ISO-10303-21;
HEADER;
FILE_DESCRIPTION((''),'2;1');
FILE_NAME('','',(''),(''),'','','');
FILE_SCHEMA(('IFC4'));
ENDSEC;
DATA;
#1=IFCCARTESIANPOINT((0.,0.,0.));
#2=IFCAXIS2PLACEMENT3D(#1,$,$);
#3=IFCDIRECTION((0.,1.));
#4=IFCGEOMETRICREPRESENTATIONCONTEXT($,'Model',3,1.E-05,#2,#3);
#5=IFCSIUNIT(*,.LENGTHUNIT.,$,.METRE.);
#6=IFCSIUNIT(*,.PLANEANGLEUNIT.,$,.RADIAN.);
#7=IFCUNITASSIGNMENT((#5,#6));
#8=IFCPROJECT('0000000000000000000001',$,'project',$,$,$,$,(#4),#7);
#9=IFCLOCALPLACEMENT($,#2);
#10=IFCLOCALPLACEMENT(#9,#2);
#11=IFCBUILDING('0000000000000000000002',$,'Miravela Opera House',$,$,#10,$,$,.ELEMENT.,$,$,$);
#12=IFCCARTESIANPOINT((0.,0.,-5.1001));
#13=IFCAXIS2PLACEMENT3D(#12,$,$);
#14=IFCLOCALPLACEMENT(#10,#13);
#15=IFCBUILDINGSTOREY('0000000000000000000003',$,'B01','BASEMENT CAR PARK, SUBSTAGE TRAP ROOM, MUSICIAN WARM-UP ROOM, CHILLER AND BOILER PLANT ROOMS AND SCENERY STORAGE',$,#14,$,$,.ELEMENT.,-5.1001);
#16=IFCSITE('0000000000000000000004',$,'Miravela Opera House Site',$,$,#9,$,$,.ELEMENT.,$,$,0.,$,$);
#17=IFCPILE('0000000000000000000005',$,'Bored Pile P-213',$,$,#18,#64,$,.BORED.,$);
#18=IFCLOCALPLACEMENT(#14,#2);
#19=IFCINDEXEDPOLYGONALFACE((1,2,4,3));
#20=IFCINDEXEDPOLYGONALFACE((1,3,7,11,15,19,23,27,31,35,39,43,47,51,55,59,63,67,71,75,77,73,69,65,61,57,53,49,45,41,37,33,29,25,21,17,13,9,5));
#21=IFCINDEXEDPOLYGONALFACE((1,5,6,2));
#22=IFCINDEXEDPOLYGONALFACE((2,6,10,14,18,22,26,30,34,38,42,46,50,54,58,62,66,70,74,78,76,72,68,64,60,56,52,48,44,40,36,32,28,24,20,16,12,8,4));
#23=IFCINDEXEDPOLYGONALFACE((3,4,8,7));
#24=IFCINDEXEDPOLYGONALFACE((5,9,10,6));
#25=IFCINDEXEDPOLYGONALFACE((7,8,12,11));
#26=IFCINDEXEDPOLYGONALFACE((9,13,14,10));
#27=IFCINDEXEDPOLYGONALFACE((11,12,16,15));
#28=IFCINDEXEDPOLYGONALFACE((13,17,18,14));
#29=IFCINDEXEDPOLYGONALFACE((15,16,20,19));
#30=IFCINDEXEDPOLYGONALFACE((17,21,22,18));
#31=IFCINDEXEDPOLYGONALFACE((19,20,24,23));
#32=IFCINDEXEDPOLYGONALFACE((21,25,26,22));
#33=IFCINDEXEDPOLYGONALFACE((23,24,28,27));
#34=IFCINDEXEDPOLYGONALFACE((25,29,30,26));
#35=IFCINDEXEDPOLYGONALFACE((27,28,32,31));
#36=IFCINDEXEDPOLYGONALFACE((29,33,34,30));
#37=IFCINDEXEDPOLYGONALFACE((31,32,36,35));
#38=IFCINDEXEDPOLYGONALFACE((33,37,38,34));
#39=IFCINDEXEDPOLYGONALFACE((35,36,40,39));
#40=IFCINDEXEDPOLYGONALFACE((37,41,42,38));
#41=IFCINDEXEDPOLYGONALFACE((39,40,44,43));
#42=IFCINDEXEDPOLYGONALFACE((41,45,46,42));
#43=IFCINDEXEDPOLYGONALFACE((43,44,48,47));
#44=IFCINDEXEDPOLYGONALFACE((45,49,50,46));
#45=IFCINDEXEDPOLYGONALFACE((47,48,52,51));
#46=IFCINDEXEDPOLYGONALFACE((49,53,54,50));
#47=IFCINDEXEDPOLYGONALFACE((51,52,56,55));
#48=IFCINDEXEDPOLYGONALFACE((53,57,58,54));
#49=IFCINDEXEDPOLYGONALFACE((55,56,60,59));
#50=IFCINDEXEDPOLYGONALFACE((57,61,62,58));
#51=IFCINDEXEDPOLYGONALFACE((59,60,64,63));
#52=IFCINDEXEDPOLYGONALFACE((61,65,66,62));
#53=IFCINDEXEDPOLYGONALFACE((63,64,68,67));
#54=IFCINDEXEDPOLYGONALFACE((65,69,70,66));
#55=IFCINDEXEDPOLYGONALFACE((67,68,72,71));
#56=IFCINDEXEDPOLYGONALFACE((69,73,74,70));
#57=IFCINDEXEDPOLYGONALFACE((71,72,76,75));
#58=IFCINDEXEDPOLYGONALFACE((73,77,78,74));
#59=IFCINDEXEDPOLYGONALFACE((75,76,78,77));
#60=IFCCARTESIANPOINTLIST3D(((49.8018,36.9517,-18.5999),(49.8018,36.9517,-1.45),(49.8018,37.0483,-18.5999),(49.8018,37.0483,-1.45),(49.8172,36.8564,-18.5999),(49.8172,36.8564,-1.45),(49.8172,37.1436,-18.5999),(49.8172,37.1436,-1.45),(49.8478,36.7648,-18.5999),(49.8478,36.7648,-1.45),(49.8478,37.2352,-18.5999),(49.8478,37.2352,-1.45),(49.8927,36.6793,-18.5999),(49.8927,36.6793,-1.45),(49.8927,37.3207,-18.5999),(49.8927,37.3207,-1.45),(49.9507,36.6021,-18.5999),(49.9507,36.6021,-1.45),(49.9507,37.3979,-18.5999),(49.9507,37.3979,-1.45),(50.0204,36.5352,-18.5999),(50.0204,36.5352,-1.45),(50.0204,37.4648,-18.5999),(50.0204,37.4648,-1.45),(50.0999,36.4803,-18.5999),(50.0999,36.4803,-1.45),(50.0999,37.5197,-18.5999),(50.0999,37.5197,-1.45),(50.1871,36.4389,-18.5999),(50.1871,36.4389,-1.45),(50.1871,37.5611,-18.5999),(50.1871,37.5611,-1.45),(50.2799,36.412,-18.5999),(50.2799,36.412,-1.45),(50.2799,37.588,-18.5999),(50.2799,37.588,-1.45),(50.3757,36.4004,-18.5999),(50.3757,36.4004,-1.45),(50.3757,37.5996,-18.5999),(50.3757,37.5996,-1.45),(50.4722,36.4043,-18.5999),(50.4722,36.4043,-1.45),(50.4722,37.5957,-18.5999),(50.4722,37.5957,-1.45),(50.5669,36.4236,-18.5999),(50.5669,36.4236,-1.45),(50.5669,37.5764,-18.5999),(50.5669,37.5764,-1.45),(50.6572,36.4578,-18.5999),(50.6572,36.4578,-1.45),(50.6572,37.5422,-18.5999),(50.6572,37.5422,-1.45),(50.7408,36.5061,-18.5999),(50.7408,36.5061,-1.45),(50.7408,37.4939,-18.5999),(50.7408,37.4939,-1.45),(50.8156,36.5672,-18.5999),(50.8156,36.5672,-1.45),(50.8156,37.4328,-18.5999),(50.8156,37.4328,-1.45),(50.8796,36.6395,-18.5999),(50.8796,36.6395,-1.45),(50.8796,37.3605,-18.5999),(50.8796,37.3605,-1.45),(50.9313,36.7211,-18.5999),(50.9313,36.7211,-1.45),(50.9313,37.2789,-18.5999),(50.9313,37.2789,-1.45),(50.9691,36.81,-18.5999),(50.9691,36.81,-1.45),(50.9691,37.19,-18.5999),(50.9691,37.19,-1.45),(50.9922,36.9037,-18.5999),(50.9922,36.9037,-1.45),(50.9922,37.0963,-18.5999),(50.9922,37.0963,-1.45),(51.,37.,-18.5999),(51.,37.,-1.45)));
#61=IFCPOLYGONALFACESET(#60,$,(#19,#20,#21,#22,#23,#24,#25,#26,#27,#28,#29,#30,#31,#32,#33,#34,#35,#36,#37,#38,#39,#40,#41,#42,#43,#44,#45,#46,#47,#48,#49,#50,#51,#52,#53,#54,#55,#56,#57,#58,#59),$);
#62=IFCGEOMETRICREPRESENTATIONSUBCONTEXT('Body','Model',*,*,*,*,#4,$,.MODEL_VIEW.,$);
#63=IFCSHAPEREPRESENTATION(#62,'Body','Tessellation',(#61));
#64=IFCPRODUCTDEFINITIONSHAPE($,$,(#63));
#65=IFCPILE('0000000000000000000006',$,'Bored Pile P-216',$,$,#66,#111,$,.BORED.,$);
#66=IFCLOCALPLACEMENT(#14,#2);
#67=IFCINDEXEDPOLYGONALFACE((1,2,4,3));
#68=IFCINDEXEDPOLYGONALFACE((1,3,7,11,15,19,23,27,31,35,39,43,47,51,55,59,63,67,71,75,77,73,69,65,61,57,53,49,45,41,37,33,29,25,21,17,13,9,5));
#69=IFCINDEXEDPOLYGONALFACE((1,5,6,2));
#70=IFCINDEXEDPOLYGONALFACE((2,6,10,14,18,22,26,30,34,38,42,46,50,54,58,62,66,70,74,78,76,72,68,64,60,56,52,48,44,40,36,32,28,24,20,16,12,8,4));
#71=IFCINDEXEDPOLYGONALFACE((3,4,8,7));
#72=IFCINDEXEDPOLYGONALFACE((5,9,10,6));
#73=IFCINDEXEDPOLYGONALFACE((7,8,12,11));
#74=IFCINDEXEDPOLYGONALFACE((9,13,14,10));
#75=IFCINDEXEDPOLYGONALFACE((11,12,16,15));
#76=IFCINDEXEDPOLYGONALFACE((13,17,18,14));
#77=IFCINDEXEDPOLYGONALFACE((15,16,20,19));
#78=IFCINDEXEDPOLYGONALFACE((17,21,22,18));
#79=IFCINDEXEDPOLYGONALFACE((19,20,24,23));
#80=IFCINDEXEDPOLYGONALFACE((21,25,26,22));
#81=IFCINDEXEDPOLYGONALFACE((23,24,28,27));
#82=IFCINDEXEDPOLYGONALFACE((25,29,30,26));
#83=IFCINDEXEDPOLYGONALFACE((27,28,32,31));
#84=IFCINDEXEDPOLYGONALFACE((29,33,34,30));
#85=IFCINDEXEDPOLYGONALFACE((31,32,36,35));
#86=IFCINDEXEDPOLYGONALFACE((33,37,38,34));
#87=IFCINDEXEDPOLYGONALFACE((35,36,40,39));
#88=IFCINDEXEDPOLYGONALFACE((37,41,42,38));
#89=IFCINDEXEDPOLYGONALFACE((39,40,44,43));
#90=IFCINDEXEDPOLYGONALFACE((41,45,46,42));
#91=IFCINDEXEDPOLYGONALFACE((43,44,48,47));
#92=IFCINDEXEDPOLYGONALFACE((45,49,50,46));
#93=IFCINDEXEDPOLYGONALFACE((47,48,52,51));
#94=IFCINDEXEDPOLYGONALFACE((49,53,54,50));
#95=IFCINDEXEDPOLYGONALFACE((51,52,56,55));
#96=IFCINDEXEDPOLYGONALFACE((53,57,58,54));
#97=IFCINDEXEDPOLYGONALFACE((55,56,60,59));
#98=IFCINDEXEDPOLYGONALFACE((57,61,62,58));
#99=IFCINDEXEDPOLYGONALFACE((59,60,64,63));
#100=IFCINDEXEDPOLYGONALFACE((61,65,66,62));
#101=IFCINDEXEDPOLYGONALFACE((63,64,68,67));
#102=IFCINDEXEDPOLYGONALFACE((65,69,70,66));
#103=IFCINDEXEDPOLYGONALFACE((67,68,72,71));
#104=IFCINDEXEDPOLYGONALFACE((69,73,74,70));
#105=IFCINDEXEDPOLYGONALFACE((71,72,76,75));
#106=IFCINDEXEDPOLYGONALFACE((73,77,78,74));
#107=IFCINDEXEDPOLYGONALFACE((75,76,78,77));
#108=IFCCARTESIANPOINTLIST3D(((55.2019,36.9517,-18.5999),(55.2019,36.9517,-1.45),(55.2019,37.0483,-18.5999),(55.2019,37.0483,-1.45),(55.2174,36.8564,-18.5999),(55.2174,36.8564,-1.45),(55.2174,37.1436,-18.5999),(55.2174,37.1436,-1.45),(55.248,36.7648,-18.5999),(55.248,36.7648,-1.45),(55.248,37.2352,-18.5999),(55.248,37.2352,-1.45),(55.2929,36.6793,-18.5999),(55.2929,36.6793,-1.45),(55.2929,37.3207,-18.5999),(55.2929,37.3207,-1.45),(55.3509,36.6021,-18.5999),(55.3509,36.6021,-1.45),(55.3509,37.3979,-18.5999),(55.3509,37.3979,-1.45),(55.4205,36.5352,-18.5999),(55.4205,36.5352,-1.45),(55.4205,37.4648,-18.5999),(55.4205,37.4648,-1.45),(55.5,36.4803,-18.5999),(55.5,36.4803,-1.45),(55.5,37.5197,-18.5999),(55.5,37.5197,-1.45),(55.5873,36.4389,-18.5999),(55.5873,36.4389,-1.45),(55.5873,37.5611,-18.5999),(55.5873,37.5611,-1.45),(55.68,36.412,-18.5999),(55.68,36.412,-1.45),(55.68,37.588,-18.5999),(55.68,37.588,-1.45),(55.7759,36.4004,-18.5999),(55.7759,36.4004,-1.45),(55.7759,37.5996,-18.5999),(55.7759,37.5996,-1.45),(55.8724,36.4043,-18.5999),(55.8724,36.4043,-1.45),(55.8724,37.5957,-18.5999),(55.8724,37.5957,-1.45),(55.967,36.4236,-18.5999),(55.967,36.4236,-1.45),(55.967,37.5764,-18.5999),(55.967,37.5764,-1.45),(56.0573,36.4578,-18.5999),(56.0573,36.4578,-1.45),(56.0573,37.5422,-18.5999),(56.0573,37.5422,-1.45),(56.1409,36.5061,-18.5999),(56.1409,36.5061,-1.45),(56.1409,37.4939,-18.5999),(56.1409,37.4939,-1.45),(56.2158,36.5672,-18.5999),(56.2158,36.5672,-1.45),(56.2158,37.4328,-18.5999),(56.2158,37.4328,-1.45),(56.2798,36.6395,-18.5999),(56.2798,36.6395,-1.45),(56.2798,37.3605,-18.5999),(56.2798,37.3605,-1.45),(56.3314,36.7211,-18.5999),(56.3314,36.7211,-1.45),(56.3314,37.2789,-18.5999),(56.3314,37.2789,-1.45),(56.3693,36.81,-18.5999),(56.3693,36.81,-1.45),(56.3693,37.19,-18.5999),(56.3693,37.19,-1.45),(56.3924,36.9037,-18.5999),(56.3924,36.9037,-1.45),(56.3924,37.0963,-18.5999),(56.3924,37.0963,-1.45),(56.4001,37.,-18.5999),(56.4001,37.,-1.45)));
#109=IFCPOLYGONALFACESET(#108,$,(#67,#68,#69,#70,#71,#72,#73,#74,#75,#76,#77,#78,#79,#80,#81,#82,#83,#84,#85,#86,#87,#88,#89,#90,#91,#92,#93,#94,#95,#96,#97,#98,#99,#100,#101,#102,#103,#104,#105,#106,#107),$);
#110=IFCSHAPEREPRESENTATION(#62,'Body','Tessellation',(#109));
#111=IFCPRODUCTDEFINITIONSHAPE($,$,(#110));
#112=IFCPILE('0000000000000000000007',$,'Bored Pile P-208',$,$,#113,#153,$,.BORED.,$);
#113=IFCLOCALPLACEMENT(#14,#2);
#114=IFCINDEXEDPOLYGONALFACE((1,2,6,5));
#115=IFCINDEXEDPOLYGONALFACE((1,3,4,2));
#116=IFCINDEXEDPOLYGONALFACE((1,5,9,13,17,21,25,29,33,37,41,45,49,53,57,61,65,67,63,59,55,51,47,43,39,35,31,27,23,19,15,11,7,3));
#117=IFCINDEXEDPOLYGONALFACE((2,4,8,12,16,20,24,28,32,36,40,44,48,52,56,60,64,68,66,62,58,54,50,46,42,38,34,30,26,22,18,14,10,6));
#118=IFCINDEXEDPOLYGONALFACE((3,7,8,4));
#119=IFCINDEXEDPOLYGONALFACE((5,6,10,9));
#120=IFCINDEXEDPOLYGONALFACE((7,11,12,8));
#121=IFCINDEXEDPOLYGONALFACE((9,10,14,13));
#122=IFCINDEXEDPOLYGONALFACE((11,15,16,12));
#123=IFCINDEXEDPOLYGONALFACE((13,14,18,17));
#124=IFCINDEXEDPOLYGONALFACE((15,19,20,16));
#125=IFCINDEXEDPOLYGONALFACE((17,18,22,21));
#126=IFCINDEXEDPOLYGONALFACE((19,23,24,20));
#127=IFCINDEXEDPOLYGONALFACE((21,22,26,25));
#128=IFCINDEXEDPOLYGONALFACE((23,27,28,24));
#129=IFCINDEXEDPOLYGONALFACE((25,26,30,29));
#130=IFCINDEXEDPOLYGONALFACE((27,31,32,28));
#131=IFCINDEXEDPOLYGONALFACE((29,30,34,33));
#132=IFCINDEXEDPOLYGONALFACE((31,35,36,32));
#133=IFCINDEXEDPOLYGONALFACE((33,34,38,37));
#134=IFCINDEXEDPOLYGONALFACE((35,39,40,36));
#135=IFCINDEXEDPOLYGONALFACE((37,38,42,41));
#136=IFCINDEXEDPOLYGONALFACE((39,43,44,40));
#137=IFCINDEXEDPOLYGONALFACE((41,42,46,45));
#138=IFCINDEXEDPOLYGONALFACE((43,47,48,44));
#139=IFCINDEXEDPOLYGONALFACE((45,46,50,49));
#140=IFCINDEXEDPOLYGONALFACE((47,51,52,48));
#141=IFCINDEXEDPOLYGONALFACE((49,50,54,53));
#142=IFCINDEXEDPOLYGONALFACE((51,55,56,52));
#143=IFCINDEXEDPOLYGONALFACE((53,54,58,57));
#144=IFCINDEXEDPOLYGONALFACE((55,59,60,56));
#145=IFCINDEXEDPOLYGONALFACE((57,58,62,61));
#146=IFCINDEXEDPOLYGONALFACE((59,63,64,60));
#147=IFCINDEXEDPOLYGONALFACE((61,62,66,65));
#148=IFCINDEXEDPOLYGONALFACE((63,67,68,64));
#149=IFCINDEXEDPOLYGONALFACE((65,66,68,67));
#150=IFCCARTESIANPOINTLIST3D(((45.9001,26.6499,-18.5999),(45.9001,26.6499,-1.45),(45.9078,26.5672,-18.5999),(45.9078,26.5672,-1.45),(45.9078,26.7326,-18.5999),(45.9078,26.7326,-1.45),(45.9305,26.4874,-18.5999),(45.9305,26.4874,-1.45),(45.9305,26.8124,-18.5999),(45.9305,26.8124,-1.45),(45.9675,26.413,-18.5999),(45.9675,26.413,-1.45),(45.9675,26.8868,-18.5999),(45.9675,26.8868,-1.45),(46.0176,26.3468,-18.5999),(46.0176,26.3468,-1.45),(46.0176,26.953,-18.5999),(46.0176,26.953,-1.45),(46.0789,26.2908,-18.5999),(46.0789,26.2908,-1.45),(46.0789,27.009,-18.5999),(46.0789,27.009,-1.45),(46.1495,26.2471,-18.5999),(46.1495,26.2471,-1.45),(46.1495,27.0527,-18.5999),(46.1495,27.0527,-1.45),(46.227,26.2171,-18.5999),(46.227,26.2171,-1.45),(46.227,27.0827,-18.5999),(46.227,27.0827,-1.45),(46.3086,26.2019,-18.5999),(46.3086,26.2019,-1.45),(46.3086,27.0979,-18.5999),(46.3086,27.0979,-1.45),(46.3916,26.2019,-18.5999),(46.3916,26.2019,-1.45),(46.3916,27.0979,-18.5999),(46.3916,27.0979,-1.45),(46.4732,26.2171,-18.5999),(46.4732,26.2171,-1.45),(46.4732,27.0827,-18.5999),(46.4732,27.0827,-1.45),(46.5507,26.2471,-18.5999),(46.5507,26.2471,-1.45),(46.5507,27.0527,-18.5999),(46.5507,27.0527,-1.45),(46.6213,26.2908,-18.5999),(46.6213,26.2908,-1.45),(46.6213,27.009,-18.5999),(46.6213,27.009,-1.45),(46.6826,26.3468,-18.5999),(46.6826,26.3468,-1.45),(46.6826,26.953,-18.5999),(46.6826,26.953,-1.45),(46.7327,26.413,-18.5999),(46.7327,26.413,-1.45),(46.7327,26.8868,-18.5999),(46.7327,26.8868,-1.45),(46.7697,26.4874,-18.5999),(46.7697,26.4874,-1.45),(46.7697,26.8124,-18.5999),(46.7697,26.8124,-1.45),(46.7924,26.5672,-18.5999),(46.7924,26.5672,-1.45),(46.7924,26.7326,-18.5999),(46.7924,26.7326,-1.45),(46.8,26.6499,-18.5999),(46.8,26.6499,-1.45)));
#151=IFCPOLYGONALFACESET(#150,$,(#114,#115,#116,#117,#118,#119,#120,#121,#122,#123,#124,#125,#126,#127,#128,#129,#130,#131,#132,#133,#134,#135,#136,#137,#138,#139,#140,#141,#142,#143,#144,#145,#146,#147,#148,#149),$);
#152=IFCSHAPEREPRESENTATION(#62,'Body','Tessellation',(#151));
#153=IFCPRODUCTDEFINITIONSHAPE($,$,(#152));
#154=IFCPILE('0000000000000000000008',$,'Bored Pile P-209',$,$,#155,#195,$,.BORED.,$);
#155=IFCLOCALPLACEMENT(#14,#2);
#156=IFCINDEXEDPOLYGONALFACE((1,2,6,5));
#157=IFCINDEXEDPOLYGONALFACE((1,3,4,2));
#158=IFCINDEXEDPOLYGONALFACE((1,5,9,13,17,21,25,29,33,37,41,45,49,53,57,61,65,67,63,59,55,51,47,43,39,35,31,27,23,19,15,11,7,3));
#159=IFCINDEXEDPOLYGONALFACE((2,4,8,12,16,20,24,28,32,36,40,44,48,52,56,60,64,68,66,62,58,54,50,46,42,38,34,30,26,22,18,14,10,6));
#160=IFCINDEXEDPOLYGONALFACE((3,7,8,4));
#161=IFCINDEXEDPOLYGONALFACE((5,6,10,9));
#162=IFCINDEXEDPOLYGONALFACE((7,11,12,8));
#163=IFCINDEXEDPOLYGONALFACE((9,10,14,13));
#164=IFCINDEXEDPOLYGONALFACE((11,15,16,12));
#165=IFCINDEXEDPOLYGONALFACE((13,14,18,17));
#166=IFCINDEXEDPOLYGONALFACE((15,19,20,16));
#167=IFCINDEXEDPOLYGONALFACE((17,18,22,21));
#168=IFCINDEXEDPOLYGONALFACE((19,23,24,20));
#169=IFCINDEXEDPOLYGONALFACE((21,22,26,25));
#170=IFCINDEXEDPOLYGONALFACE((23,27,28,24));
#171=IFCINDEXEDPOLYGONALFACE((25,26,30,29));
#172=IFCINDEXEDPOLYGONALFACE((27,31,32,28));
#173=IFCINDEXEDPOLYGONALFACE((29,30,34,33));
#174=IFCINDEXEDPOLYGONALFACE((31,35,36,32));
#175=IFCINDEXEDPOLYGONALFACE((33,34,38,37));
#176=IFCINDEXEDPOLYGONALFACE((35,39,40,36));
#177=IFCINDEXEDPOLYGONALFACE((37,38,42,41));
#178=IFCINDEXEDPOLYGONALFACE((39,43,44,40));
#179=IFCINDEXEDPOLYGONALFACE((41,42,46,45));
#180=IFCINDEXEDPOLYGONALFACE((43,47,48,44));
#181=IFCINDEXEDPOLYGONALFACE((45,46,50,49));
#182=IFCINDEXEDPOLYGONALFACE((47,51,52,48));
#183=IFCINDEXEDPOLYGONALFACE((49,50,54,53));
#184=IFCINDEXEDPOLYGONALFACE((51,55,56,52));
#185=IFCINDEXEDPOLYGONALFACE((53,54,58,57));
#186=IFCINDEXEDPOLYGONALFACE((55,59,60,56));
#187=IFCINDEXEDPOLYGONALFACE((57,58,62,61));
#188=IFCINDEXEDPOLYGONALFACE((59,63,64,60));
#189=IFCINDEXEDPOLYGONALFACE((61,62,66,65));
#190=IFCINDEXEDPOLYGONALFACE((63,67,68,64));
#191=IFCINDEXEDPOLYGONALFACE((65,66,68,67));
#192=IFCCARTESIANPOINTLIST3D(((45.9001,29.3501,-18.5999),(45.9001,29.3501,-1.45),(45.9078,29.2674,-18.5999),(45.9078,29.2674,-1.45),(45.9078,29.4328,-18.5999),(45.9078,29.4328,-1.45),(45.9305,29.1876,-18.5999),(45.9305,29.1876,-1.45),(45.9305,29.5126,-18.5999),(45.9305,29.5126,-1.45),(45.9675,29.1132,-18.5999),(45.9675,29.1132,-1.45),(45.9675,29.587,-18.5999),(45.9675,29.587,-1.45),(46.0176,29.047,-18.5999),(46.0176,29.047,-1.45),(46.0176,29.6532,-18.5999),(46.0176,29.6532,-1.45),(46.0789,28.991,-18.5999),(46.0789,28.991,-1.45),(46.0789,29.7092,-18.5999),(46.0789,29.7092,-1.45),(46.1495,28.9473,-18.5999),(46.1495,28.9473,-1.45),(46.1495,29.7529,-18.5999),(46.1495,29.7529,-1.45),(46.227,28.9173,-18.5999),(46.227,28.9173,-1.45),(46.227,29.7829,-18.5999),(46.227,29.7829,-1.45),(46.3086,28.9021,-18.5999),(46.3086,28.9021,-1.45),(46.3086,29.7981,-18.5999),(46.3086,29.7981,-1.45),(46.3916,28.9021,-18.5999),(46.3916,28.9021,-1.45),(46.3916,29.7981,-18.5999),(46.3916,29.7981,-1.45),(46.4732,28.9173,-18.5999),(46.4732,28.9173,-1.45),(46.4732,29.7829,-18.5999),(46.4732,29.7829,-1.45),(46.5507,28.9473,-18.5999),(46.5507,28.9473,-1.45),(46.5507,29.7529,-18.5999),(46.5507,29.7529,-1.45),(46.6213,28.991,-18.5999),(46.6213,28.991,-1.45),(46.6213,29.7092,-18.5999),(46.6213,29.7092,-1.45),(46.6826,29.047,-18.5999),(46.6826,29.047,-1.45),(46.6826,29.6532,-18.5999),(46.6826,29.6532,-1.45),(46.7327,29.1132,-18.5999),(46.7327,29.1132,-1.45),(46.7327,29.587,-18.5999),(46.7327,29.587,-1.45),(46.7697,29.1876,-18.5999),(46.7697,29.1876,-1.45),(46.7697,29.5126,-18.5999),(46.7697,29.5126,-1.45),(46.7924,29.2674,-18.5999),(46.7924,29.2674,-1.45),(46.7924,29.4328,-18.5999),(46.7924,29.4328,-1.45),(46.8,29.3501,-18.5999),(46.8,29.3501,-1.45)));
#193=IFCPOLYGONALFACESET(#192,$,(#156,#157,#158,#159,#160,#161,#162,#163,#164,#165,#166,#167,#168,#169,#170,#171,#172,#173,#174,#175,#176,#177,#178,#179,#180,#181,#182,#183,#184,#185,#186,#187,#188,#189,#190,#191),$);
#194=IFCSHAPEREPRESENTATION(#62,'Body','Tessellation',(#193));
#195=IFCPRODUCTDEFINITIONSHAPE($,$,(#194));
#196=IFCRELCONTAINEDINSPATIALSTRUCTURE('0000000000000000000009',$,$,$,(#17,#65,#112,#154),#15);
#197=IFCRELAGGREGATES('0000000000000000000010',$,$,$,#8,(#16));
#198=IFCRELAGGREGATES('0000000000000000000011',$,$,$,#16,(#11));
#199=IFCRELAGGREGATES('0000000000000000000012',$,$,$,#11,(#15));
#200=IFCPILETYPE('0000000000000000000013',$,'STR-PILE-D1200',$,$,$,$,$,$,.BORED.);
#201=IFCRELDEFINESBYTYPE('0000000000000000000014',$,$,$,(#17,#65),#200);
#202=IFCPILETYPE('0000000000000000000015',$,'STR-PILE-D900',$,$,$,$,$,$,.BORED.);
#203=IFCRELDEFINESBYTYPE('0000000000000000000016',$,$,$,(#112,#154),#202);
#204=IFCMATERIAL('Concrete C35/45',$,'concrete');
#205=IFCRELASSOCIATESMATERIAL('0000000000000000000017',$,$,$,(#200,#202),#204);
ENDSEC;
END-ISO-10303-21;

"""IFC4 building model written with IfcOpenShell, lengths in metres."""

from ifc_helpers import new_model, si_unit, direction, frame, origin, origin_2d, place, context, subcontext, project, spatial, circle, extrude, material, material_profile, profile_set, type_object, element, save


model = new_model("IFC4")

# Units and contexts
model_context = context("Model", 3, precision=1e-05, world=origin(), true_north=direction((0.0, 1.0)))
body_context = subcontext(model_context, "Body", "Model", "MODEL_VIEW")
ifc_project = project(units=[si_unit("LENGTHUNIT", "METRE"), si_unit("PLANEANGLEUNIT", "RADIAN")], contexts=[model_context])

# Site, building, storey
site_placement = place(None, origin())
site = spatial("IfcSite", under=ifc_project, at=site_placement, Name="Miravela Opera House Site", CompositionType="ELEMENT", RefElevation=0.0)
building_placement = place(site_placement, origin())
building = spatial("IfcBuilding", under=site, at=building_placement, Name="Miravela Opera House", CompositionType="ELEMENT")
storey_placement = place(building_placement, frame((0.0, 0.0, -5.1001)))
storey = spatial("IfcBuildingStorey", under=building, at=storey_placement, Name="B01", Description="BASEMENT CAR PARK, SUBSTAGE TRAP ROOM, MUSICIAN WARM-UP ROOM, CHILLER AND BOILER PLANT ROOMS AND SCENERY STORAGE", CompositionType="ELEMENT", Elevation=-5.1001)

# Shared definitions
ifc_material_1 = material(Name="Concrete C35/45", Category="concrete")

# Piles
ifc_material_profile_1 = material_profile(ifc_material_1, circle(Radius=0.6001, at=origin_2d()), Name="PILE-D1200")
ifc_profile_set_1 = profile_set([ifc_material_profile_1])
pile_type_1 = type_object("IfcPileType", Name="STR-PILE-D1200", PredefinedType="BORED", material=ifc_profile_set_1)
for number, where, z_axis, x_axis, name in (
    (1, (50.3999, 37.0, -1.45), (0.0, 0.0, -1.0), (1.0, 0.0, 0.0), "Bored Pile P-213"),
    (2, (55.8, 37.0, -1.45), (0.0, 0.0, -1.0), (1.0, 0.0, 0.0), "Bored Pile P-216"),
):
    element("IfcPile", number, at=place(storey_placement, frame(where, z_axis=z_axis, x_axis=x_axis)), inside=storey, type_object=pile_type_1, Name=name, PredefinedType="BORED", context=body_context, shape_type="SweptSolid", body=[
        extrude(circle(Radius=0.6001, at=origin_2d()), origin(), (0.0, 0.0, 1.0), 17.1499),
    ])
ifc_material_profile_2 = material_profile(ifc_material_1, circle(Radius=0.45, at=origin_2d()), Name="PILE-D900")
ifc_profile_set_2 = profile_set([ifc_material_profile_2])
pile_type_2 = type_object("IfcPileType", Name="STR-PILE-D900", PredefinedType="BORED", material=ifc_profile_set_2)
for number, where, z_axis, x_axis, name in (
    (3, (46.3501, 26.6499, -1.45), (0.0, 0.0, -1.0), (1.0, 0.0, 0.0), "Bored Pile P-208"),
    (4, (46.3501, 29.3501, -1.45), (0.0, 0.0, -1.0), (1.0, 0.0, 0.0), "Bored Pile P-209"),
):
    element("IfcPile", number, at=place(storey_placement, frame(where, z_axis=z_axis, x_axis=x_axis)), inside=storey, type_object=pile_type_2, Name=name, PredefinedType="BORED", context=body_context, shape_type="SweptSolid", body=[
        extrude(circle(Radius=0.45, at=origin_2d()), origin(), (0.0, 0.0, 1.0), 17.1499),
    ])

save(model, "model.ifc")
